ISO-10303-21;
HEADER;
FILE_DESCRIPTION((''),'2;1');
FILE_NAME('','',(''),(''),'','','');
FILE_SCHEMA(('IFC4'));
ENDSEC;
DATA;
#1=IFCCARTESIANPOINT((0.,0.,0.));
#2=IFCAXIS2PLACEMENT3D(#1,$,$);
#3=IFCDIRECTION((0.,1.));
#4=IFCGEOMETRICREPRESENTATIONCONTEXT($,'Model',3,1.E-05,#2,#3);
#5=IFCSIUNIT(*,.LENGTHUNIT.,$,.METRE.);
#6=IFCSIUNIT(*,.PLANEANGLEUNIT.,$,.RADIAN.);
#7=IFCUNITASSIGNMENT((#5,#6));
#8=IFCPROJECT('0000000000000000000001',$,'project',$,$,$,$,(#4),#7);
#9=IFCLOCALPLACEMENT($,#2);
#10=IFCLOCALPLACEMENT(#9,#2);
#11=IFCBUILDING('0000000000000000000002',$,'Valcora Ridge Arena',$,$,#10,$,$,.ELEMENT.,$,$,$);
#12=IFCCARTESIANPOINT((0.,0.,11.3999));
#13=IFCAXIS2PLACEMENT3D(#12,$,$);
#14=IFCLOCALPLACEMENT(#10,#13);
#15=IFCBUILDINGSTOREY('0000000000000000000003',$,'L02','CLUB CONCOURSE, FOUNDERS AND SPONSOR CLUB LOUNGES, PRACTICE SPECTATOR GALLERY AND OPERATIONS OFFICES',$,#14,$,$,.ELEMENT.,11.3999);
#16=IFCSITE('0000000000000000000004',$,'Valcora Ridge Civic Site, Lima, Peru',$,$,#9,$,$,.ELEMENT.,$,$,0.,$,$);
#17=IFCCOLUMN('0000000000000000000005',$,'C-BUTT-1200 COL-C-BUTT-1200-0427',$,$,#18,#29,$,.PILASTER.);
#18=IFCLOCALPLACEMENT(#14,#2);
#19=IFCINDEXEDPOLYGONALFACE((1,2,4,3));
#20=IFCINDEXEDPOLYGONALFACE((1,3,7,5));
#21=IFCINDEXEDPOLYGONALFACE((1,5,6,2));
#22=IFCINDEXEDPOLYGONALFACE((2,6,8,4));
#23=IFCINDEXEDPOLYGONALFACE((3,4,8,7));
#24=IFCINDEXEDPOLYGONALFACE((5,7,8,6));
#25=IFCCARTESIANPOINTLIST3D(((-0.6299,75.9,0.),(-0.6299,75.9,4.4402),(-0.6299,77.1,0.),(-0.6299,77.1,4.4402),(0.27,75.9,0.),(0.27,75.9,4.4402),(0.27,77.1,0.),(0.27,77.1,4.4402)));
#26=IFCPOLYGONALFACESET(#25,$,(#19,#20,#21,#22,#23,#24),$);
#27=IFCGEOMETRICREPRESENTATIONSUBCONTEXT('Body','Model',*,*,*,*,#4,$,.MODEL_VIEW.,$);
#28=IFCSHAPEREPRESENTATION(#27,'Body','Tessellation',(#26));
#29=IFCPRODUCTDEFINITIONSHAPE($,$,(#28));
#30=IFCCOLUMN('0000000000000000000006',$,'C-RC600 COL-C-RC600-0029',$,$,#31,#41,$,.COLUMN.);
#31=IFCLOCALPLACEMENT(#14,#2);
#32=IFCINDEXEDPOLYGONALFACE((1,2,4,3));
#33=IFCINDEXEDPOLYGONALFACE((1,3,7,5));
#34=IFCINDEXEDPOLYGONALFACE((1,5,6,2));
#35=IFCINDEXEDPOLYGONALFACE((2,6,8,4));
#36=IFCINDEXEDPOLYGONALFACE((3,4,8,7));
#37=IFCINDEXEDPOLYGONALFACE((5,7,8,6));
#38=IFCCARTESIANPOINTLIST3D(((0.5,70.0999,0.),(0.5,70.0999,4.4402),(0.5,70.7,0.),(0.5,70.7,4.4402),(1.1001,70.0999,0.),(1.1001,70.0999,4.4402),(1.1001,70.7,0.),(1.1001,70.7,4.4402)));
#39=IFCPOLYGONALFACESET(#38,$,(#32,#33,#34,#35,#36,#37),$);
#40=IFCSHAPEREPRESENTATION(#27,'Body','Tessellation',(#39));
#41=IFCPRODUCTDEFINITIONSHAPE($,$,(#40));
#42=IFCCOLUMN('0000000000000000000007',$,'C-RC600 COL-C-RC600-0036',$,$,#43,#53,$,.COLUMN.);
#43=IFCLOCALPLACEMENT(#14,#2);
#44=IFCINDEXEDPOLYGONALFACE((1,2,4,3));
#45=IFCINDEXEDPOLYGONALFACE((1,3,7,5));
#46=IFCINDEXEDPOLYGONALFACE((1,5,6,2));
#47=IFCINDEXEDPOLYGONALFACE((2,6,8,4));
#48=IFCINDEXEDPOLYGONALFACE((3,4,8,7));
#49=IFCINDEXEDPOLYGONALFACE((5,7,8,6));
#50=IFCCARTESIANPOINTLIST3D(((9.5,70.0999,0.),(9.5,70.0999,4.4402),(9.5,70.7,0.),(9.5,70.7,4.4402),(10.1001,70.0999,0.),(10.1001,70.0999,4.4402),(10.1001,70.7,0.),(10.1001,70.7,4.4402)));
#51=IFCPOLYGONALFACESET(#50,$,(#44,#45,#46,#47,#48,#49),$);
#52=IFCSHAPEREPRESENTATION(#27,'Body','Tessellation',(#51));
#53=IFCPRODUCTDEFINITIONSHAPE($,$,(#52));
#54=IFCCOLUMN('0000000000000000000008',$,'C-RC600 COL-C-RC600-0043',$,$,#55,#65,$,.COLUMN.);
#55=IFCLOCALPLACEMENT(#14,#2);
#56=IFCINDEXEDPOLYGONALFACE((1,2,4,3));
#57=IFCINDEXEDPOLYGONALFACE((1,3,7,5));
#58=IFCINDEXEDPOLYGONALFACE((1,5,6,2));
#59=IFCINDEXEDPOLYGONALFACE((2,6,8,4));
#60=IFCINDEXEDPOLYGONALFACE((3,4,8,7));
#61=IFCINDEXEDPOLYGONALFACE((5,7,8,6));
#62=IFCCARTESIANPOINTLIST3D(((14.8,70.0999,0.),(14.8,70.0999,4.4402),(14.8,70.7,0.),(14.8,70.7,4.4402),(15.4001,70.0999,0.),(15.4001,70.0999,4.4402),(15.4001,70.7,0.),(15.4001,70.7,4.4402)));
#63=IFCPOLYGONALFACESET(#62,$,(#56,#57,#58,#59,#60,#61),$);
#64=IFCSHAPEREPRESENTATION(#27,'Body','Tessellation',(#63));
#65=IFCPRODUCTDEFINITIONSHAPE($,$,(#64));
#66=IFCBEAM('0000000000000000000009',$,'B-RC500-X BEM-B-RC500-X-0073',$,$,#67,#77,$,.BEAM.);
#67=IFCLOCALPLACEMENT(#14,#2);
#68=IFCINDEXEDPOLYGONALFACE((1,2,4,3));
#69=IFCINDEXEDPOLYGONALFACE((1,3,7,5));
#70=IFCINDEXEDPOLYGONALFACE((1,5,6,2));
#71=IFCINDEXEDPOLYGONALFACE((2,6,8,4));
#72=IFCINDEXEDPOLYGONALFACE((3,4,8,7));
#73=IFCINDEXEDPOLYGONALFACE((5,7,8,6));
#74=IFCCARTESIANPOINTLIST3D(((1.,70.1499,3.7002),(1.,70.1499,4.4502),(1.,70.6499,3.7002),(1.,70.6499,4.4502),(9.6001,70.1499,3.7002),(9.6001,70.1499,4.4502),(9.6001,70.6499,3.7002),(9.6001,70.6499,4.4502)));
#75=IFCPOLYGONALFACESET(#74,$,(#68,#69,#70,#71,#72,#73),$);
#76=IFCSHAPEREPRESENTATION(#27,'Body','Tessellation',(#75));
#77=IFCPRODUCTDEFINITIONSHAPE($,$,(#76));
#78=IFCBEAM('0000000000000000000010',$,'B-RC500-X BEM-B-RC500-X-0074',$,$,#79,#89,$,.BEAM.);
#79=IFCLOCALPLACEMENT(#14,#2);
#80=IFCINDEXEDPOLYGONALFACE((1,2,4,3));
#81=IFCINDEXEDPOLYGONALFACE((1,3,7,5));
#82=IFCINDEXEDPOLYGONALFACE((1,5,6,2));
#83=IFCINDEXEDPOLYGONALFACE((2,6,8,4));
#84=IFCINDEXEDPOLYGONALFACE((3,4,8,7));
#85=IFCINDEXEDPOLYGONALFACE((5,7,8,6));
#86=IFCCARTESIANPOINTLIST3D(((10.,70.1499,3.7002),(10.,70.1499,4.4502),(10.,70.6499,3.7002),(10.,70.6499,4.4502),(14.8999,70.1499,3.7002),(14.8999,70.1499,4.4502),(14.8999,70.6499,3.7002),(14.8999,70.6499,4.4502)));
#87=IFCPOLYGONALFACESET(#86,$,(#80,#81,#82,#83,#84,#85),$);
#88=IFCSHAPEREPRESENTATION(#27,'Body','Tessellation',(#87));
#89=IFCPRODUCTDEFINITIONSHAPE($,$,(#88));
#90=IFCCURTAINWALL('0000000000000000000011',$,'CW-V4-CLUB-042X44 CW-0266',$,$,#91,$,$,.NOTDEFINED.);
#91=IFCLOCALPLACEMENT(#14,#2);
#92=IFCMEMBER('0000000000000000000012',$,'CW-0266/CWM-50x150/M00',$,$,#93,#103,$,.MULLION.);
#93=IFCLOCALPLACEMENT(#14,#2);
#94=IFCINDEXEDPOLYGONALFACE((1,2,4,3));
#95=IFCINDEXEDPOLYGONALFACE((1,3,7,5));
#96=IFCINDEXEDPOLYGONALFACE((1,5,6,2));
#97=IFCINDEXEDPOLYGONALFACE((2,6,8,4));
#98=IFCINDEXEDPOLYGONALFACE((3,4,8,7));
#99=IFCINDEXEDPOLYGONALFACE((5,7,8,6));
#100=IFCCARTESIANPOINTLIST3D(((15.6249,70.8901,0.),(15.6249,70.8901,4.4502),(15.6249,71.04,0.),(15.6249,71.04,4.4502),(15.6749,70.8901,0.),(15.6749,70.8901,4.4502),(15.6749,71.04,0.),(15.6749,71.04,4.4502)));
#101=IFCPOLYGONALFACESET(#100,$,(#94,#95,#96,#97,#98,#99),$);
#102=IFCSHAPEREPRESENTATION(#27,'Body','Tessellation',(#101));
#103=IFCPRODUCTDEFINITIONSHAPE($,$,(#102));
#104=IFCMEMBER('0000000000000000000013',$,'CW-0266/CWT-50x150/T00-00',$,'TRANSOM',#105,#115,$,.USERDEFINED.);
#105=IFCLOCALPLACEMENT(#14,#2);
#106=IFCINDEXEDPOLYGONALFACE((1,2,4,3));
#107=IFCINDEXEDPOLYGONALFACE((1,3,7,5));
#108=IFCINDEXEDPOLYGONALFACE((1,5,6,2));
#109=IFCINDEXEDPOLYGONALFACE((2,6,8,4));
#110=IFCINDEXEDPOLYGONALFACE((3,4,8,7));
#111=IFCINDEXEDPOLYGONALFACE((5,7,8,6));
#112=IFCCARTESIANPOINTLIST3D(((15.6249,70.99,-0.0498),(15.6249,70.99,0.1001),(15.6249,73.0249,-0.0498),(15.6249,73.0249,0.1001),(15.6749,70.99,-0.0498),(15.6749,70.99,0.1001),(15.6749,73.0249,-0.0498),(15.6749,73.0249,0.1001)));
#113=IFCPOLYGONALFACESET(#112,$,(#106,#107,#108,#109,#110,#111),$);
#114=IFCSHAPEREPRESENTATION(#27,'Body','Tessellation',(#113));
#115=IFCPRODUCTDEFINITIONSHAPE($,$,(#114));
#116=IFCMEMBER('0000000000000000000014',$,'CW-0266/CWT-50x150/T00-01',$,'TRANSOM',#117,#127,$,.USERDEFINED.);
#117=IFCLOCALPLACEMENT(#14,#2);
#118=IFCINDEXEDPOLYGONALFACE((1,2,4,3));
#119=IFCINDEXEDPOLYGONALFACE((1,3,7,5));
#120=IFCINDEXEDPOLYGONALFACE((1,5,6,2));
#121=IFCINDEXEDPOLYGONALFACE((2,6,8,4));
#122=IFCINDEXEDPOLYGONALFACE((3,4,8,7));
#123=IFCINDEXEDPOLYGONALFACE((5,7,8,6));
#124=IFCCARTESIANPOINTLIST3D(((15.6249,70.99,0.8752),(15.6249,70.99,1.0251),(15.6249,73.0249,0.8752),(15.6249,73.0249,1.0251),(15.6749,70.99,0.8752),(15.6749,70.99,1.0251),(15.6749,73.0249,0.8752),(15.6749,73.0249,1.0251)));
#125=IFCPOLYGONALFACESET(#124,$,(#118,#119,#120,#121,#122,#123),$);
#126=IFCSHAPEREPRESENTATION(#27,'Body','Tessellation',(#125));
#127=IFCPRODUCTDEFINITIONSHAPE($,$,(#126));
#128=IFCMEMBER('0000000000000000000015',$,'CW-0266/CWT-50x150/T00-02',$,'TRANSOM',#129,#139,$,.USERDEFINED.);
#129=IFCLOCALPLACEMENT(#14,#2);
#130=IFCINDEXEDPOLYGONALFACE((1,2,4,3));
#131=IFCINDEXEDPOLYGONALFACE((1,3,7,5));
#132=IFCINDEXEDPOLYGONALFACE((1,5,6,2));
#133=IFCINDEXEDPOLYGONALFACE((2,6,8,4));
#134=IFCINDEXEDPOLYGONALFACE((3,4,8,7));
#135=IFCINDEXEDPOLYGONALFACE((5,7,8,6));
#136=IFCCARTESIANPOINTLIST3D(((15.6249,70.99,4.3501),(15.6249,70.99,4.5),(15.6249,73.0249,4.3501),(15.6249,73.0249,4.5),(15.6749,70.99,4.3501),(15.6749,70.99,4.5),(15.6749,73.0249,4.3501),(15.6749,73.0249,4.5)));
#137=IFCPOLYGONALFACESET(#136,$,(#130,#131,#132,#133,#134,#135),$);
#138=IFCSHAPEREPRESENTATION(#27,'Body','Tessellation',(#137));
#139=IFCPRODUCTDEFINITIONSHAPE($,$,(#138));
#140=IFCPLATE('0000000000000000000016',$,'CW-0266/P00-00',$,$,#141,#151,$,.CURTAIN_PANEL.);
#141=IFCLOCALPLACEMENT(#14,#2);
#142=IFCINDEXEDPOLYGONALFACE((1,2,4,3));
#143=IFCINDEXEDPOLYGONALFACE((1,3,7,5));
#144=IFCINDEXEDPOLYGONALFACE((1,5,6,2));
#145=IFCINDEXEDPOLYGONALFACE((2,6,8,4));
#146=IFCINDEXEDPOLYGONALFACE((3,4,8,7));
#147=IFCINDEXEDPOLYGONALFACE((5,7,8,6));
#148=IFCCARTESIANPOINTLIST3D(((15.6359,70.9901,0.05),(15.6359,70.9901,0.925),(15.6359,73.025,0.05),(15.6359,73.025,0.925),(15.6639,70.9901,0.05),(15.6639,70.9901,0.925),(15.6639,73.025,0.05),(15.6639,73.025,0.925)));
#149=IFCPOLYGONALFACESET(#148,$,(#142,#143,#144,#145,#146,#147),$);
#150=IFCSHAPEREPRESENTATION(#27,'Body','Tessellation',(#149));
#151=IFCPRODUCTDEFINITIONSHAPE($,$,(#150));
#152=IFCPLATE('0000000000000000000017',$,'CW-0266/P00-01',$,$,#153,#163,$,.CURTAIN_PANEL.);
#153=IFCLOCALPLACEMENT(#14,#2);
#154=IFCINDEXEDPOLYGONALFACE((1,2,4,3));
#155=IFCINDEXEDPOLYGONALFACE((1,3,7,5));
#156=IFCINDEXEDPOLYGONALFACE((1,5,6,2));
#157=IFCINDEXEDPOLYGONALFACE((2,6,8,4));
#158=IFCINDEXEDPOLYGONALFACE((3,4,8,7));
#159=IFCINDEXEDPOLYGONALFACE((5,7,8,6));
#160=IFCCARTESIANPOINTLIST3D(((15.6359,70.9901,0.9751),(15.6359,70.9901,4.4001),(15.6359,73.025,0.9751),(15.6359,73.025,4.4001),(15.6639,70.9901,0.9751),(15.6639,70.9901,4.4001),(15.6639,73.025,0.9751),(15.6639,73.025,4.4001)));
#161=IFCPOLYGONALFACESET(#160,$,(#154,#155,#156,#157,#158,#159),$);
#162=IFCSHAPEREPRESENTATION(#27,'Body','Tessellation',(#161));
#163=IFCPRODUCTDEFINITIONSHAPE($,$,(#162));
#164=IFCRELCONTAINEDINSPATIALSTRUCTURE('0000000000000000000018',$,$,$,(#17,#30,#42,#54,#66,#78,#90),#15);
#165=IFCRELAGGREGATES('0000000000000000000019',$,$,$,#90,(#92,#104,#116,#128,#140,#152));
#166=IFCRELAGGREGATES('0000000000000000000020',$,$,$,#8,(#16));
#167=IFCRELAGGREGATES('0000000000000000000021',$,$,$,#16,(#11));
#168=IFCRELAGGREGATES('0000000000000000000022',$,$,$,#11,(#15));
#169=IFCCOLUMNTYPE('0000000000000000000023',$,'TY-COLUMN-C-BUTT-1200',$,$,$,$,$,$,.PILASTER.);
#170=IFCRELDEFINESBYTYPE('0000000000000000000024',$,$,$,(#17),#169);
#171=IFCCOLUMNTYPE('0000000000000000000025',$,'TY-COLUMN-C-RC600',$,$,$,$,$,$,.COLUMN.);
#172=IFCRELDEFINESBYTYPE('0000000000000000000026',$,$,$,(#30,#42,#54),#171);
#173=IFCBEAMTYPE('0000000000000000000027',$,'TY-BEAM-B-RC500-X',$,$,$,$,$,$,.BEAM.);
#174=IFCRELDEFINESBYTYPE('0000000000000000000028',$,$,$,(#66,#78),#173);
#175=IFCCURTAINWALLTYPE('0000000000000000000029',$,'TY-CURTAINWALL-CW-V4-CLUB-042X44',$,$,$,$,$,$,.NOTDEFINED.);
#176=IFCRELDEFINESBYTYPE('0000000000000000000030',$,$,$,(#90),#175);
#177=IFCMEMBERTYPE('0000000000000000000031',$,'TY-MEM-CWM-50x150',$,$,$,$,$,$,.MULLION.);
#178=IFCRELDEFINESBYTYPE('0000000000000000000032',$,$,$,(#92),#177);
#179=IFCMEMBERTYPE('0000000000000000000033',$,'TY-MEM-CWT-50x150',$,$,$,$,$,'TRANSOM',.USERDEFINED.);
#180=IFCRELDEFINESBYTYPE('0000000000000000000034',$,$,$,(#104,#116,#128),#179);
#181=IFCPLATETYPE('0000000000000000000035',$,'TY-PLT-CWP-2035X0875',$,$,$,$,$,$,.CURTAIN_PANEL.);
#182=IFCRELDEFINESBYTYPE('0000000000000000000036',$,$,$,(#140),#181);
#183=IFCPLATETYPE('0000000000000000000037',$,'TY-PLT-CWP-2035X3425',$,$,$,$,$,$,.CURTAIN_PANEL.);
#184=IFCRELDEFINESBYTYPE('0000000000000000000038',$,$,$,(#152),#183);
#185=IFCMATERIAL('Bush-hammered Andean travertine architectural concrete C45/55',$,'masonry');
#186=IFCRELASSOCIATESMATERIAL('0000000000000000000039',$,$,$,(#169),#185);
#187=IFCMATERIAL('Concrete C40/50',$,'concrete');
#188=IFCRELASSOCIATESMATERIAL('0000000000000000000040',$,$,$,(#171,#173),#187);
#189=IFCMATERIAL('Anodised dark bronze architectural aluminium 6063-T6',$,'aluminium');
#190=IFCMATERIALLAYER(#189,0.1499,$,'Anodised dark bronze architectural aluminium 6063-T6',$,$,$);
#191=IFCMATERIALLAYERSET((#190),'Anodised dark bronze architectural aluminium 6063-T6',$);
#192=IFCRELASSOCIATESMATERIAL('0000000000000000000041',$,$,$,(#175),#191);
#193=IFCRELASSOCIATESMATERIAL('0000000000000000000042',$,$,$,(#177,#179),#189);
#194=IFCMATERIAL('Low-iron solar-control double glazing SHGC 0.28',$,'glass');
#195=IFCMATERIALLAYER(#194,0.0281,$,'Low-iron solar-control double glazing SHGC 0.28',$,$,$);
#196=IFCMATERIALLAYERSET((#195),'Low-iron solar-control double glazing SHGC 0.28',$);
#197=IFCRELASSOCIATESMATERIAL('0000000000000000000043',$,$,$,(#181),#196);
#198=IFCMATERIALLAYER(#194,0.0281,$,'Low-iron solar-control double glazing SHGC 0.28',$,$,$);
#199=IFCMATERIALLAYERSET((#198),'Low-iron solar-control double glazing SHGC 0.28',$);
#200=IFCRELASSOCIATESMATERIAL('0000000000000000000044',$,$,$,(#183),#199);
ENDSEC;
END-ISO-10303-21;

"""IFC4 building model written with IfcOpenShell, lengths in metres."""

from ifc_helpers import new_model, si_unit, direction, frame, origin, origin_2d, place, context, subcontext, project, spatial, rectangle, extrude, material, layer, layer_set, material_profile, profile_set, type_object, element, aggregate, save


model = new_model("IFC4")

# Units and contexts
model_context = context("Model", 3, precision=1e-05, world=origin(), true_north=direction((0.0, 1.0)))
body_context = subcontext(model_context, "Body", "Model", "MODEL_VIEW")
ifc_project = project(units=[si_unit("LENGTHUNIT", "METRE"), si_unit("PLANEANGLEUNIT", "RADIAN")], contexts=[model_context])

# Site, building, storey
site_placement = place(None, origin())
site = spatial("IfcSite", under=ifc_project, at=site_placement, Name="Valcora Ridge Civic Site, Lima, Peru", CompositionType="ELEMENT", RefElevation=0.0)
building_placement = place(site_placement, origin())
building = spatial("IfcBuilding", under=site, at=building_placement, Name="Valcora Ridge Arena", CompositionType="ELEMENT")
storey_placement = place(building_placement, frame((0.0, 0.0, 11.3999)))
storey = spatial("IfcBuildingStorey", under=building, at=storey_placement, Name="L02", Description="CLUB CONCOURSE, FOUNDERS AND SPONSOR CLUB LOUNGES, PRACTICE SPECTATOR GALLERY AND OPERATIONS OFFICES", CompositionType="ELEMENT", Elevation=11.3999)

# Columns
ifc_material_1 = material(Name="Bush-hammered Andean travertine architectural concrete C45/55", Category="masonry")
ifc_material_profile_1 = material_profile(ifc_material_1, rectangle(XDim=0.8999, YDim=1.2, at=origin_2d()), Name="RC 900x1200")
ifc_profile_set_1 = profile_set([ifc_material_profile_1], Name="Bush-hammered Andean travertine architectural concrete C45/55")
column_type_1 = type_object("IfcColumnType", Name="TY-COLUMN-C-BUTT-1200", PredefinedType="PILASTER", material=ifc_profile_set_1)
column_placement = place(storey_placement, frame((-0.1799, 76.5, 0.0), z_axis=(0.0, 0.0, 1.0), x_axis=(1.0, 0.0, 0.0)))
element("IfcColumn", 1, at=column_placement, inside=storey, type_object=column_type_1, Name="C-BUTT-1200 COL-C-BUTT-1200-0427", PredefinedType="PILASTER", context=body_context, shape_type="SweptSolid", body=[
    extrude(rectangle(XDim=0.8999, YDim=1.2, at=origin_2d()), origin(), (0.0, 0.0, 1.0), 4.4402),
])
ifc_material_2 = material(Name="Concrete C40/50", Category="concrete")
ifc_material_profile_2 = material_profile(ifc_material_2, rectangle(XDim=0.6001, YDim=0.6001, at=origin_2d()), Name="RC 600x600")
ifc_profile_set_2 = profile_set([ifc_material_profile_2], Name="Concrete C40/50")
column_type_2 = type_object("IfcColumnType", Name="TY-COLUMN-C-RC600", PredefinedType="COLUMN", material=ifc_profile_set_2)
for number, where, z_axis, x_axis, name in (
    (2, (0.8, 70.3999, 0.0), (0.0, 0.0, 1.0), (1.0, 0.0, 0.0), "C-RC600 COL-C-RC600-0029"),
    (3, (9.8, 70.3999, 0.0), (0.0, 0.0, 1.0), (1.0, 0.0, 0.0), "C-RC600 COL-C-RC600-0036"),
    (4, (15.1001, 70.3999, 0.0), (0.0, 0.0, 1.0), (1.0, 0.0, 0.0), "C-RC600 COL-C-RC600-0043"),
):
    element("IfcColumn", number, at=place(storey_placement, frame(where, z_axis=z_axis, x_axis=x_axis)), inside=storey, type_object=column_type_2, Name=name, PredefinedType="COLUMN", context=body_context, shape_type="SweptSolid", body=[
        extrude(rectangle(XDim=0.6001, YDim=0.6001, at=origin_2d()), origin(), (0.0, 0.0, 1.0), 4.4402),
    ])

# Beams
ifc_material_profile_3 = material_profile(ifc_material_2, rectangle(XDim=0.5, YDim=0.75, at=origin_2d()), Name="RC 500x750")
ifc_profile_set_3 = profile_set([ifc_material_profile_3], Name="Concrete C40/50")
beam_type = type_object("IfcBeamType", Name="TY-BEAM-B-RC500-X", PredefinedType="BEAM", material=ifc_profile_set_3)
beam_1_placement = place(storey_placement, frame((1.0, 70.3999, 4.0752), z_axis=(1.0, 0.0, 0.0), x_axis=(0.0, 1.0, 0.0)))
element("IfcBeam", 5, at=beam_1_placement, inside=storey, type_object=beam_type, Name="B-RC500-X BEM-B-RC500-X-0073", PredefinedType="BEAM", context=body_context, shape_type="SweptSolid", body=[
    extrude(rectangle(XDim=0.5, YDim=0.75, at=origin_2d()), origin(), (0.0, 0.0, 1.0), 8.6001),
])
beam_2_placement = place(storey_placement, frame((10.0, 70.3999, 4.0752), z_axis=(1.0, 0.0, 0.0), x_axis=(0.0, 1.0, 0.0)))
element("IfcBeam", 6, at=beam_2_placement, inside=storey, type_object=beam_type, Name="B-RC500-X BEM-B-RC500-X-0074", PredefinedType="BEAM", context=body_context, shape_type="SweptSolid", body=[
    extrude(rectangle(XDim=0.5, YDim=0.75, at=origin_2d()), origin(), (0.0, 0.0, 1.0), 4.8999),
])

# Curtain wall, members, plates
ifc_material_3 = material(Name="Anodised dark bronze architectural aluminium 6063-T6", Category="aluminium")
ifc_layer_1 = layer(ifc_material_3, 0.1499, Name="Anodised dark bronze architectural aluminium 6063-T6")
ifc_layer_set_1 = layer_set([ifc_layer_1], Name="Anodised dark bronze architectural aluminium 6063-T6")
curtain_wall_type = type_object("IfcCurtainWallType", Name="TY-CURTAINWALL-CW-V4-CLUB-042X44", PredefinedType="NOTDEFINED", material=ifc_layer_set_1)
curtain_wall_placement = place(storey_placement, origin())
curtain_wall = element("IfcCurtainWall", 7, at=curtain_wall_placement, inside=storey, type_object=curtain_wall_type, Name="CW-V4-CLUB-042X44 CW-0266", PredefinedType="NOTDEFINED")
ifc_material_profile_4 = material_profile(ifc_material_3, rectangle(XDim=0.05, YDim=0.1499, at=origin_2d()), Name="ALU MULLION 50x150")
ifc_profile_set_4 = profile_set([ifc_material_profile_4], Name="Anodised dark bronze architectural aluminium 6063-T6")
member_type_1 = type_object("IfcMemberType", Name="TY-MEM-CWM-50x150", PredefinedType="MULLION", material=ifc_profile_set_4)
member_1_placement = place(storey_placement, frame((15.6499, 70.9651, 0.0), z_axis=(0.0, 0.0, 1.0), x_axis=(-1.0, 0.0, 0.0)))
member_1 = element("IfcMember", 8, at=member_1_placement, type_object=member_type_1, Name="CW-0266/CWM-50x150/M00", PredefinedType="MULLION", context=body_context, shape_type="SweptSolid", body=[
    extrude(rectangle(XDim=0.05, YDim=0.1499, at=origin_2d()), origin(), (0.0, 0.0, 1.0), 4.4502),
])
ifc_material_profile_5 = material_profile(ifc_material_3, rectangle(XDim=0.05, YDim=0.1499, at=origin_2d()), Name="ALU TRANSOM 50x150")
ifc_profile_set_5 = profile_set([ifc_material_profile_5], Name="Anodised dark bronze architectural aluminium 6063-T6")
member_type_2 = type_object("IfcMemberType", Name="TY-MEM-CWT-50x150", ElementType="TRANSOM", PredefinedType="USERDEFINED", material=ifc_profile_set_5)
member_2_placement = place(storey_placement, frame((15.6499, 70.99, 0.0251), z_axis=(0.0, 1.0, 0.0), x_axis=(-1.0, 0.0, 0.0)))
member_2 = element("IfcMember", 9, at=member_2_placement, type_object=member_type_2, Name="CW-0266/CWT-50x150/T00-00", ObjectType="TRANSOM", PredefinedType="USERDEFINED", context=body_context, shape_type="SweptSolid", body=[
    extrude(rectangle(XDim=0.05, YDim=0.1499, at=origin_2d()), origin(), (0.0, 0.0, 1.0), 2.0349),
])
member_3_placement = place(storey_placement, frame((15.6499, 70.99, 0.9502), z_axis=(0.0, 1.0, 0.0), x_axis=(-1.0, 0.0, 0.0)))
member_3 = element("IfcMember", 10, at=member_3_placement, type_object=member_type_2, Name="CW-0266/CWT-50x150/T00-01", ObjectType="TRANSOM", PredefinedType="USERDEFINED", context=body_context, shape_type="SweptSolid", body=[
    extrude(rectangle(XDim=0.05, YDim=0.1499, at=origin_2d()), origin(), (0.0, 0.0, 1.0), 2.0349),
])
member_4_placement = place(storey_placement, frame((15.6499, 70.99, 4.425), z_axis=(0.0, 1.0, 0.0), x_axis=(-1.0, 0.0, 0.0)))
member_4 = element("IfcMember", 11, at=member_4_placement, type_object=member_type_2, Name="CW-0266/CWT-50x150/T00-02", ObjectType="TRANSOM", PredefinedType="USERDEFINED", context=body_context, shape_type="SweptSolid", body=[
    extrude(rectangle(XDim=0.05, YDim=0.1499, at=origin_2d()), origin(), (0.0, 0.0, 1.0), 2.0349),
])
ifc_material_4 = material(Name="Low-iron solar-control double glazing SHGC 0.28", Category="glass")
ifc_layer_2 = layer(ifc_material_4, 0.0281, Name="Low-iron solar-control double glazing SHGC 0.28")
ifc_layer_set_2 = layer_set([ifc_layer_2], Name="Low-iron solar-control double glazing SHGC 0.28")
plate_type_1 = type_object("IfcPlateType", Name="TY-PLT-CWP-2035X0875", PredefinedType="CURTAIN_PANEL", material=ifc_layer_set_2)
plate_1_placement = place(storey_placement, frame((15.6499, 72.0076, 0.05), z_axis=(0.0, 0.0, 1.0), x_axis=(0.0, 1.0, 0.0)))
plate_1 = element("IfcPlate", 12, at=plate_1_placement, type_object=plate_type_1, Name="CW-0266/P00-00", PredefinedType="CURTAIN_PANEL", context=body_context, shape_type="SweptSolid", body=[
    extrude(rectangle(XDim=2.0349, YDim=0.0281, at=origin_2d()), origin(), (0.0, 0.0, 1.0), 0.875),
])
ifc_layer_3 = layer(ifc_material_4, 0.0281, Name="Low-iron solar-control double glazing SHGC 0.28")
ifc_layer_set_3 = layer_set([ifc_layer_3], Name="Low-iron solar-control double glazing SHGC 0.28")
plate_type_2 = type_object("IfcPlateType", Name="TY-PLT-CWP-2035X3425", PredefinedType="CURTAIN_PANEL", material=ifc_layer_set_3)
plate_2_placement = place(storey_placement, frame((15.6499, 72.0076, 0.9751), z_axis=(0.0, 0.0, 1.0), x_axis=(0.0, 1.0, 0.0)))
plate_2 = element("IfcPlate", 13, at=plate_2_placement, type_object=plate_type_2, Name="CW-0266/P00-01", PredefinedType="CURTAIN_PANEL", context=body_context, shape_type="SweptSolid", body=[
    extrude(rectangle(XDim=2.0349, YDim=0.0281, at=origin_2d()), origin(), (0.0, 0.0, 1.0), 3.425),
])
aggregate(curtain_wall, [member_1, member_2, member_3, member_4, plate_1, plate_2])

save(model, "model.ifc")
